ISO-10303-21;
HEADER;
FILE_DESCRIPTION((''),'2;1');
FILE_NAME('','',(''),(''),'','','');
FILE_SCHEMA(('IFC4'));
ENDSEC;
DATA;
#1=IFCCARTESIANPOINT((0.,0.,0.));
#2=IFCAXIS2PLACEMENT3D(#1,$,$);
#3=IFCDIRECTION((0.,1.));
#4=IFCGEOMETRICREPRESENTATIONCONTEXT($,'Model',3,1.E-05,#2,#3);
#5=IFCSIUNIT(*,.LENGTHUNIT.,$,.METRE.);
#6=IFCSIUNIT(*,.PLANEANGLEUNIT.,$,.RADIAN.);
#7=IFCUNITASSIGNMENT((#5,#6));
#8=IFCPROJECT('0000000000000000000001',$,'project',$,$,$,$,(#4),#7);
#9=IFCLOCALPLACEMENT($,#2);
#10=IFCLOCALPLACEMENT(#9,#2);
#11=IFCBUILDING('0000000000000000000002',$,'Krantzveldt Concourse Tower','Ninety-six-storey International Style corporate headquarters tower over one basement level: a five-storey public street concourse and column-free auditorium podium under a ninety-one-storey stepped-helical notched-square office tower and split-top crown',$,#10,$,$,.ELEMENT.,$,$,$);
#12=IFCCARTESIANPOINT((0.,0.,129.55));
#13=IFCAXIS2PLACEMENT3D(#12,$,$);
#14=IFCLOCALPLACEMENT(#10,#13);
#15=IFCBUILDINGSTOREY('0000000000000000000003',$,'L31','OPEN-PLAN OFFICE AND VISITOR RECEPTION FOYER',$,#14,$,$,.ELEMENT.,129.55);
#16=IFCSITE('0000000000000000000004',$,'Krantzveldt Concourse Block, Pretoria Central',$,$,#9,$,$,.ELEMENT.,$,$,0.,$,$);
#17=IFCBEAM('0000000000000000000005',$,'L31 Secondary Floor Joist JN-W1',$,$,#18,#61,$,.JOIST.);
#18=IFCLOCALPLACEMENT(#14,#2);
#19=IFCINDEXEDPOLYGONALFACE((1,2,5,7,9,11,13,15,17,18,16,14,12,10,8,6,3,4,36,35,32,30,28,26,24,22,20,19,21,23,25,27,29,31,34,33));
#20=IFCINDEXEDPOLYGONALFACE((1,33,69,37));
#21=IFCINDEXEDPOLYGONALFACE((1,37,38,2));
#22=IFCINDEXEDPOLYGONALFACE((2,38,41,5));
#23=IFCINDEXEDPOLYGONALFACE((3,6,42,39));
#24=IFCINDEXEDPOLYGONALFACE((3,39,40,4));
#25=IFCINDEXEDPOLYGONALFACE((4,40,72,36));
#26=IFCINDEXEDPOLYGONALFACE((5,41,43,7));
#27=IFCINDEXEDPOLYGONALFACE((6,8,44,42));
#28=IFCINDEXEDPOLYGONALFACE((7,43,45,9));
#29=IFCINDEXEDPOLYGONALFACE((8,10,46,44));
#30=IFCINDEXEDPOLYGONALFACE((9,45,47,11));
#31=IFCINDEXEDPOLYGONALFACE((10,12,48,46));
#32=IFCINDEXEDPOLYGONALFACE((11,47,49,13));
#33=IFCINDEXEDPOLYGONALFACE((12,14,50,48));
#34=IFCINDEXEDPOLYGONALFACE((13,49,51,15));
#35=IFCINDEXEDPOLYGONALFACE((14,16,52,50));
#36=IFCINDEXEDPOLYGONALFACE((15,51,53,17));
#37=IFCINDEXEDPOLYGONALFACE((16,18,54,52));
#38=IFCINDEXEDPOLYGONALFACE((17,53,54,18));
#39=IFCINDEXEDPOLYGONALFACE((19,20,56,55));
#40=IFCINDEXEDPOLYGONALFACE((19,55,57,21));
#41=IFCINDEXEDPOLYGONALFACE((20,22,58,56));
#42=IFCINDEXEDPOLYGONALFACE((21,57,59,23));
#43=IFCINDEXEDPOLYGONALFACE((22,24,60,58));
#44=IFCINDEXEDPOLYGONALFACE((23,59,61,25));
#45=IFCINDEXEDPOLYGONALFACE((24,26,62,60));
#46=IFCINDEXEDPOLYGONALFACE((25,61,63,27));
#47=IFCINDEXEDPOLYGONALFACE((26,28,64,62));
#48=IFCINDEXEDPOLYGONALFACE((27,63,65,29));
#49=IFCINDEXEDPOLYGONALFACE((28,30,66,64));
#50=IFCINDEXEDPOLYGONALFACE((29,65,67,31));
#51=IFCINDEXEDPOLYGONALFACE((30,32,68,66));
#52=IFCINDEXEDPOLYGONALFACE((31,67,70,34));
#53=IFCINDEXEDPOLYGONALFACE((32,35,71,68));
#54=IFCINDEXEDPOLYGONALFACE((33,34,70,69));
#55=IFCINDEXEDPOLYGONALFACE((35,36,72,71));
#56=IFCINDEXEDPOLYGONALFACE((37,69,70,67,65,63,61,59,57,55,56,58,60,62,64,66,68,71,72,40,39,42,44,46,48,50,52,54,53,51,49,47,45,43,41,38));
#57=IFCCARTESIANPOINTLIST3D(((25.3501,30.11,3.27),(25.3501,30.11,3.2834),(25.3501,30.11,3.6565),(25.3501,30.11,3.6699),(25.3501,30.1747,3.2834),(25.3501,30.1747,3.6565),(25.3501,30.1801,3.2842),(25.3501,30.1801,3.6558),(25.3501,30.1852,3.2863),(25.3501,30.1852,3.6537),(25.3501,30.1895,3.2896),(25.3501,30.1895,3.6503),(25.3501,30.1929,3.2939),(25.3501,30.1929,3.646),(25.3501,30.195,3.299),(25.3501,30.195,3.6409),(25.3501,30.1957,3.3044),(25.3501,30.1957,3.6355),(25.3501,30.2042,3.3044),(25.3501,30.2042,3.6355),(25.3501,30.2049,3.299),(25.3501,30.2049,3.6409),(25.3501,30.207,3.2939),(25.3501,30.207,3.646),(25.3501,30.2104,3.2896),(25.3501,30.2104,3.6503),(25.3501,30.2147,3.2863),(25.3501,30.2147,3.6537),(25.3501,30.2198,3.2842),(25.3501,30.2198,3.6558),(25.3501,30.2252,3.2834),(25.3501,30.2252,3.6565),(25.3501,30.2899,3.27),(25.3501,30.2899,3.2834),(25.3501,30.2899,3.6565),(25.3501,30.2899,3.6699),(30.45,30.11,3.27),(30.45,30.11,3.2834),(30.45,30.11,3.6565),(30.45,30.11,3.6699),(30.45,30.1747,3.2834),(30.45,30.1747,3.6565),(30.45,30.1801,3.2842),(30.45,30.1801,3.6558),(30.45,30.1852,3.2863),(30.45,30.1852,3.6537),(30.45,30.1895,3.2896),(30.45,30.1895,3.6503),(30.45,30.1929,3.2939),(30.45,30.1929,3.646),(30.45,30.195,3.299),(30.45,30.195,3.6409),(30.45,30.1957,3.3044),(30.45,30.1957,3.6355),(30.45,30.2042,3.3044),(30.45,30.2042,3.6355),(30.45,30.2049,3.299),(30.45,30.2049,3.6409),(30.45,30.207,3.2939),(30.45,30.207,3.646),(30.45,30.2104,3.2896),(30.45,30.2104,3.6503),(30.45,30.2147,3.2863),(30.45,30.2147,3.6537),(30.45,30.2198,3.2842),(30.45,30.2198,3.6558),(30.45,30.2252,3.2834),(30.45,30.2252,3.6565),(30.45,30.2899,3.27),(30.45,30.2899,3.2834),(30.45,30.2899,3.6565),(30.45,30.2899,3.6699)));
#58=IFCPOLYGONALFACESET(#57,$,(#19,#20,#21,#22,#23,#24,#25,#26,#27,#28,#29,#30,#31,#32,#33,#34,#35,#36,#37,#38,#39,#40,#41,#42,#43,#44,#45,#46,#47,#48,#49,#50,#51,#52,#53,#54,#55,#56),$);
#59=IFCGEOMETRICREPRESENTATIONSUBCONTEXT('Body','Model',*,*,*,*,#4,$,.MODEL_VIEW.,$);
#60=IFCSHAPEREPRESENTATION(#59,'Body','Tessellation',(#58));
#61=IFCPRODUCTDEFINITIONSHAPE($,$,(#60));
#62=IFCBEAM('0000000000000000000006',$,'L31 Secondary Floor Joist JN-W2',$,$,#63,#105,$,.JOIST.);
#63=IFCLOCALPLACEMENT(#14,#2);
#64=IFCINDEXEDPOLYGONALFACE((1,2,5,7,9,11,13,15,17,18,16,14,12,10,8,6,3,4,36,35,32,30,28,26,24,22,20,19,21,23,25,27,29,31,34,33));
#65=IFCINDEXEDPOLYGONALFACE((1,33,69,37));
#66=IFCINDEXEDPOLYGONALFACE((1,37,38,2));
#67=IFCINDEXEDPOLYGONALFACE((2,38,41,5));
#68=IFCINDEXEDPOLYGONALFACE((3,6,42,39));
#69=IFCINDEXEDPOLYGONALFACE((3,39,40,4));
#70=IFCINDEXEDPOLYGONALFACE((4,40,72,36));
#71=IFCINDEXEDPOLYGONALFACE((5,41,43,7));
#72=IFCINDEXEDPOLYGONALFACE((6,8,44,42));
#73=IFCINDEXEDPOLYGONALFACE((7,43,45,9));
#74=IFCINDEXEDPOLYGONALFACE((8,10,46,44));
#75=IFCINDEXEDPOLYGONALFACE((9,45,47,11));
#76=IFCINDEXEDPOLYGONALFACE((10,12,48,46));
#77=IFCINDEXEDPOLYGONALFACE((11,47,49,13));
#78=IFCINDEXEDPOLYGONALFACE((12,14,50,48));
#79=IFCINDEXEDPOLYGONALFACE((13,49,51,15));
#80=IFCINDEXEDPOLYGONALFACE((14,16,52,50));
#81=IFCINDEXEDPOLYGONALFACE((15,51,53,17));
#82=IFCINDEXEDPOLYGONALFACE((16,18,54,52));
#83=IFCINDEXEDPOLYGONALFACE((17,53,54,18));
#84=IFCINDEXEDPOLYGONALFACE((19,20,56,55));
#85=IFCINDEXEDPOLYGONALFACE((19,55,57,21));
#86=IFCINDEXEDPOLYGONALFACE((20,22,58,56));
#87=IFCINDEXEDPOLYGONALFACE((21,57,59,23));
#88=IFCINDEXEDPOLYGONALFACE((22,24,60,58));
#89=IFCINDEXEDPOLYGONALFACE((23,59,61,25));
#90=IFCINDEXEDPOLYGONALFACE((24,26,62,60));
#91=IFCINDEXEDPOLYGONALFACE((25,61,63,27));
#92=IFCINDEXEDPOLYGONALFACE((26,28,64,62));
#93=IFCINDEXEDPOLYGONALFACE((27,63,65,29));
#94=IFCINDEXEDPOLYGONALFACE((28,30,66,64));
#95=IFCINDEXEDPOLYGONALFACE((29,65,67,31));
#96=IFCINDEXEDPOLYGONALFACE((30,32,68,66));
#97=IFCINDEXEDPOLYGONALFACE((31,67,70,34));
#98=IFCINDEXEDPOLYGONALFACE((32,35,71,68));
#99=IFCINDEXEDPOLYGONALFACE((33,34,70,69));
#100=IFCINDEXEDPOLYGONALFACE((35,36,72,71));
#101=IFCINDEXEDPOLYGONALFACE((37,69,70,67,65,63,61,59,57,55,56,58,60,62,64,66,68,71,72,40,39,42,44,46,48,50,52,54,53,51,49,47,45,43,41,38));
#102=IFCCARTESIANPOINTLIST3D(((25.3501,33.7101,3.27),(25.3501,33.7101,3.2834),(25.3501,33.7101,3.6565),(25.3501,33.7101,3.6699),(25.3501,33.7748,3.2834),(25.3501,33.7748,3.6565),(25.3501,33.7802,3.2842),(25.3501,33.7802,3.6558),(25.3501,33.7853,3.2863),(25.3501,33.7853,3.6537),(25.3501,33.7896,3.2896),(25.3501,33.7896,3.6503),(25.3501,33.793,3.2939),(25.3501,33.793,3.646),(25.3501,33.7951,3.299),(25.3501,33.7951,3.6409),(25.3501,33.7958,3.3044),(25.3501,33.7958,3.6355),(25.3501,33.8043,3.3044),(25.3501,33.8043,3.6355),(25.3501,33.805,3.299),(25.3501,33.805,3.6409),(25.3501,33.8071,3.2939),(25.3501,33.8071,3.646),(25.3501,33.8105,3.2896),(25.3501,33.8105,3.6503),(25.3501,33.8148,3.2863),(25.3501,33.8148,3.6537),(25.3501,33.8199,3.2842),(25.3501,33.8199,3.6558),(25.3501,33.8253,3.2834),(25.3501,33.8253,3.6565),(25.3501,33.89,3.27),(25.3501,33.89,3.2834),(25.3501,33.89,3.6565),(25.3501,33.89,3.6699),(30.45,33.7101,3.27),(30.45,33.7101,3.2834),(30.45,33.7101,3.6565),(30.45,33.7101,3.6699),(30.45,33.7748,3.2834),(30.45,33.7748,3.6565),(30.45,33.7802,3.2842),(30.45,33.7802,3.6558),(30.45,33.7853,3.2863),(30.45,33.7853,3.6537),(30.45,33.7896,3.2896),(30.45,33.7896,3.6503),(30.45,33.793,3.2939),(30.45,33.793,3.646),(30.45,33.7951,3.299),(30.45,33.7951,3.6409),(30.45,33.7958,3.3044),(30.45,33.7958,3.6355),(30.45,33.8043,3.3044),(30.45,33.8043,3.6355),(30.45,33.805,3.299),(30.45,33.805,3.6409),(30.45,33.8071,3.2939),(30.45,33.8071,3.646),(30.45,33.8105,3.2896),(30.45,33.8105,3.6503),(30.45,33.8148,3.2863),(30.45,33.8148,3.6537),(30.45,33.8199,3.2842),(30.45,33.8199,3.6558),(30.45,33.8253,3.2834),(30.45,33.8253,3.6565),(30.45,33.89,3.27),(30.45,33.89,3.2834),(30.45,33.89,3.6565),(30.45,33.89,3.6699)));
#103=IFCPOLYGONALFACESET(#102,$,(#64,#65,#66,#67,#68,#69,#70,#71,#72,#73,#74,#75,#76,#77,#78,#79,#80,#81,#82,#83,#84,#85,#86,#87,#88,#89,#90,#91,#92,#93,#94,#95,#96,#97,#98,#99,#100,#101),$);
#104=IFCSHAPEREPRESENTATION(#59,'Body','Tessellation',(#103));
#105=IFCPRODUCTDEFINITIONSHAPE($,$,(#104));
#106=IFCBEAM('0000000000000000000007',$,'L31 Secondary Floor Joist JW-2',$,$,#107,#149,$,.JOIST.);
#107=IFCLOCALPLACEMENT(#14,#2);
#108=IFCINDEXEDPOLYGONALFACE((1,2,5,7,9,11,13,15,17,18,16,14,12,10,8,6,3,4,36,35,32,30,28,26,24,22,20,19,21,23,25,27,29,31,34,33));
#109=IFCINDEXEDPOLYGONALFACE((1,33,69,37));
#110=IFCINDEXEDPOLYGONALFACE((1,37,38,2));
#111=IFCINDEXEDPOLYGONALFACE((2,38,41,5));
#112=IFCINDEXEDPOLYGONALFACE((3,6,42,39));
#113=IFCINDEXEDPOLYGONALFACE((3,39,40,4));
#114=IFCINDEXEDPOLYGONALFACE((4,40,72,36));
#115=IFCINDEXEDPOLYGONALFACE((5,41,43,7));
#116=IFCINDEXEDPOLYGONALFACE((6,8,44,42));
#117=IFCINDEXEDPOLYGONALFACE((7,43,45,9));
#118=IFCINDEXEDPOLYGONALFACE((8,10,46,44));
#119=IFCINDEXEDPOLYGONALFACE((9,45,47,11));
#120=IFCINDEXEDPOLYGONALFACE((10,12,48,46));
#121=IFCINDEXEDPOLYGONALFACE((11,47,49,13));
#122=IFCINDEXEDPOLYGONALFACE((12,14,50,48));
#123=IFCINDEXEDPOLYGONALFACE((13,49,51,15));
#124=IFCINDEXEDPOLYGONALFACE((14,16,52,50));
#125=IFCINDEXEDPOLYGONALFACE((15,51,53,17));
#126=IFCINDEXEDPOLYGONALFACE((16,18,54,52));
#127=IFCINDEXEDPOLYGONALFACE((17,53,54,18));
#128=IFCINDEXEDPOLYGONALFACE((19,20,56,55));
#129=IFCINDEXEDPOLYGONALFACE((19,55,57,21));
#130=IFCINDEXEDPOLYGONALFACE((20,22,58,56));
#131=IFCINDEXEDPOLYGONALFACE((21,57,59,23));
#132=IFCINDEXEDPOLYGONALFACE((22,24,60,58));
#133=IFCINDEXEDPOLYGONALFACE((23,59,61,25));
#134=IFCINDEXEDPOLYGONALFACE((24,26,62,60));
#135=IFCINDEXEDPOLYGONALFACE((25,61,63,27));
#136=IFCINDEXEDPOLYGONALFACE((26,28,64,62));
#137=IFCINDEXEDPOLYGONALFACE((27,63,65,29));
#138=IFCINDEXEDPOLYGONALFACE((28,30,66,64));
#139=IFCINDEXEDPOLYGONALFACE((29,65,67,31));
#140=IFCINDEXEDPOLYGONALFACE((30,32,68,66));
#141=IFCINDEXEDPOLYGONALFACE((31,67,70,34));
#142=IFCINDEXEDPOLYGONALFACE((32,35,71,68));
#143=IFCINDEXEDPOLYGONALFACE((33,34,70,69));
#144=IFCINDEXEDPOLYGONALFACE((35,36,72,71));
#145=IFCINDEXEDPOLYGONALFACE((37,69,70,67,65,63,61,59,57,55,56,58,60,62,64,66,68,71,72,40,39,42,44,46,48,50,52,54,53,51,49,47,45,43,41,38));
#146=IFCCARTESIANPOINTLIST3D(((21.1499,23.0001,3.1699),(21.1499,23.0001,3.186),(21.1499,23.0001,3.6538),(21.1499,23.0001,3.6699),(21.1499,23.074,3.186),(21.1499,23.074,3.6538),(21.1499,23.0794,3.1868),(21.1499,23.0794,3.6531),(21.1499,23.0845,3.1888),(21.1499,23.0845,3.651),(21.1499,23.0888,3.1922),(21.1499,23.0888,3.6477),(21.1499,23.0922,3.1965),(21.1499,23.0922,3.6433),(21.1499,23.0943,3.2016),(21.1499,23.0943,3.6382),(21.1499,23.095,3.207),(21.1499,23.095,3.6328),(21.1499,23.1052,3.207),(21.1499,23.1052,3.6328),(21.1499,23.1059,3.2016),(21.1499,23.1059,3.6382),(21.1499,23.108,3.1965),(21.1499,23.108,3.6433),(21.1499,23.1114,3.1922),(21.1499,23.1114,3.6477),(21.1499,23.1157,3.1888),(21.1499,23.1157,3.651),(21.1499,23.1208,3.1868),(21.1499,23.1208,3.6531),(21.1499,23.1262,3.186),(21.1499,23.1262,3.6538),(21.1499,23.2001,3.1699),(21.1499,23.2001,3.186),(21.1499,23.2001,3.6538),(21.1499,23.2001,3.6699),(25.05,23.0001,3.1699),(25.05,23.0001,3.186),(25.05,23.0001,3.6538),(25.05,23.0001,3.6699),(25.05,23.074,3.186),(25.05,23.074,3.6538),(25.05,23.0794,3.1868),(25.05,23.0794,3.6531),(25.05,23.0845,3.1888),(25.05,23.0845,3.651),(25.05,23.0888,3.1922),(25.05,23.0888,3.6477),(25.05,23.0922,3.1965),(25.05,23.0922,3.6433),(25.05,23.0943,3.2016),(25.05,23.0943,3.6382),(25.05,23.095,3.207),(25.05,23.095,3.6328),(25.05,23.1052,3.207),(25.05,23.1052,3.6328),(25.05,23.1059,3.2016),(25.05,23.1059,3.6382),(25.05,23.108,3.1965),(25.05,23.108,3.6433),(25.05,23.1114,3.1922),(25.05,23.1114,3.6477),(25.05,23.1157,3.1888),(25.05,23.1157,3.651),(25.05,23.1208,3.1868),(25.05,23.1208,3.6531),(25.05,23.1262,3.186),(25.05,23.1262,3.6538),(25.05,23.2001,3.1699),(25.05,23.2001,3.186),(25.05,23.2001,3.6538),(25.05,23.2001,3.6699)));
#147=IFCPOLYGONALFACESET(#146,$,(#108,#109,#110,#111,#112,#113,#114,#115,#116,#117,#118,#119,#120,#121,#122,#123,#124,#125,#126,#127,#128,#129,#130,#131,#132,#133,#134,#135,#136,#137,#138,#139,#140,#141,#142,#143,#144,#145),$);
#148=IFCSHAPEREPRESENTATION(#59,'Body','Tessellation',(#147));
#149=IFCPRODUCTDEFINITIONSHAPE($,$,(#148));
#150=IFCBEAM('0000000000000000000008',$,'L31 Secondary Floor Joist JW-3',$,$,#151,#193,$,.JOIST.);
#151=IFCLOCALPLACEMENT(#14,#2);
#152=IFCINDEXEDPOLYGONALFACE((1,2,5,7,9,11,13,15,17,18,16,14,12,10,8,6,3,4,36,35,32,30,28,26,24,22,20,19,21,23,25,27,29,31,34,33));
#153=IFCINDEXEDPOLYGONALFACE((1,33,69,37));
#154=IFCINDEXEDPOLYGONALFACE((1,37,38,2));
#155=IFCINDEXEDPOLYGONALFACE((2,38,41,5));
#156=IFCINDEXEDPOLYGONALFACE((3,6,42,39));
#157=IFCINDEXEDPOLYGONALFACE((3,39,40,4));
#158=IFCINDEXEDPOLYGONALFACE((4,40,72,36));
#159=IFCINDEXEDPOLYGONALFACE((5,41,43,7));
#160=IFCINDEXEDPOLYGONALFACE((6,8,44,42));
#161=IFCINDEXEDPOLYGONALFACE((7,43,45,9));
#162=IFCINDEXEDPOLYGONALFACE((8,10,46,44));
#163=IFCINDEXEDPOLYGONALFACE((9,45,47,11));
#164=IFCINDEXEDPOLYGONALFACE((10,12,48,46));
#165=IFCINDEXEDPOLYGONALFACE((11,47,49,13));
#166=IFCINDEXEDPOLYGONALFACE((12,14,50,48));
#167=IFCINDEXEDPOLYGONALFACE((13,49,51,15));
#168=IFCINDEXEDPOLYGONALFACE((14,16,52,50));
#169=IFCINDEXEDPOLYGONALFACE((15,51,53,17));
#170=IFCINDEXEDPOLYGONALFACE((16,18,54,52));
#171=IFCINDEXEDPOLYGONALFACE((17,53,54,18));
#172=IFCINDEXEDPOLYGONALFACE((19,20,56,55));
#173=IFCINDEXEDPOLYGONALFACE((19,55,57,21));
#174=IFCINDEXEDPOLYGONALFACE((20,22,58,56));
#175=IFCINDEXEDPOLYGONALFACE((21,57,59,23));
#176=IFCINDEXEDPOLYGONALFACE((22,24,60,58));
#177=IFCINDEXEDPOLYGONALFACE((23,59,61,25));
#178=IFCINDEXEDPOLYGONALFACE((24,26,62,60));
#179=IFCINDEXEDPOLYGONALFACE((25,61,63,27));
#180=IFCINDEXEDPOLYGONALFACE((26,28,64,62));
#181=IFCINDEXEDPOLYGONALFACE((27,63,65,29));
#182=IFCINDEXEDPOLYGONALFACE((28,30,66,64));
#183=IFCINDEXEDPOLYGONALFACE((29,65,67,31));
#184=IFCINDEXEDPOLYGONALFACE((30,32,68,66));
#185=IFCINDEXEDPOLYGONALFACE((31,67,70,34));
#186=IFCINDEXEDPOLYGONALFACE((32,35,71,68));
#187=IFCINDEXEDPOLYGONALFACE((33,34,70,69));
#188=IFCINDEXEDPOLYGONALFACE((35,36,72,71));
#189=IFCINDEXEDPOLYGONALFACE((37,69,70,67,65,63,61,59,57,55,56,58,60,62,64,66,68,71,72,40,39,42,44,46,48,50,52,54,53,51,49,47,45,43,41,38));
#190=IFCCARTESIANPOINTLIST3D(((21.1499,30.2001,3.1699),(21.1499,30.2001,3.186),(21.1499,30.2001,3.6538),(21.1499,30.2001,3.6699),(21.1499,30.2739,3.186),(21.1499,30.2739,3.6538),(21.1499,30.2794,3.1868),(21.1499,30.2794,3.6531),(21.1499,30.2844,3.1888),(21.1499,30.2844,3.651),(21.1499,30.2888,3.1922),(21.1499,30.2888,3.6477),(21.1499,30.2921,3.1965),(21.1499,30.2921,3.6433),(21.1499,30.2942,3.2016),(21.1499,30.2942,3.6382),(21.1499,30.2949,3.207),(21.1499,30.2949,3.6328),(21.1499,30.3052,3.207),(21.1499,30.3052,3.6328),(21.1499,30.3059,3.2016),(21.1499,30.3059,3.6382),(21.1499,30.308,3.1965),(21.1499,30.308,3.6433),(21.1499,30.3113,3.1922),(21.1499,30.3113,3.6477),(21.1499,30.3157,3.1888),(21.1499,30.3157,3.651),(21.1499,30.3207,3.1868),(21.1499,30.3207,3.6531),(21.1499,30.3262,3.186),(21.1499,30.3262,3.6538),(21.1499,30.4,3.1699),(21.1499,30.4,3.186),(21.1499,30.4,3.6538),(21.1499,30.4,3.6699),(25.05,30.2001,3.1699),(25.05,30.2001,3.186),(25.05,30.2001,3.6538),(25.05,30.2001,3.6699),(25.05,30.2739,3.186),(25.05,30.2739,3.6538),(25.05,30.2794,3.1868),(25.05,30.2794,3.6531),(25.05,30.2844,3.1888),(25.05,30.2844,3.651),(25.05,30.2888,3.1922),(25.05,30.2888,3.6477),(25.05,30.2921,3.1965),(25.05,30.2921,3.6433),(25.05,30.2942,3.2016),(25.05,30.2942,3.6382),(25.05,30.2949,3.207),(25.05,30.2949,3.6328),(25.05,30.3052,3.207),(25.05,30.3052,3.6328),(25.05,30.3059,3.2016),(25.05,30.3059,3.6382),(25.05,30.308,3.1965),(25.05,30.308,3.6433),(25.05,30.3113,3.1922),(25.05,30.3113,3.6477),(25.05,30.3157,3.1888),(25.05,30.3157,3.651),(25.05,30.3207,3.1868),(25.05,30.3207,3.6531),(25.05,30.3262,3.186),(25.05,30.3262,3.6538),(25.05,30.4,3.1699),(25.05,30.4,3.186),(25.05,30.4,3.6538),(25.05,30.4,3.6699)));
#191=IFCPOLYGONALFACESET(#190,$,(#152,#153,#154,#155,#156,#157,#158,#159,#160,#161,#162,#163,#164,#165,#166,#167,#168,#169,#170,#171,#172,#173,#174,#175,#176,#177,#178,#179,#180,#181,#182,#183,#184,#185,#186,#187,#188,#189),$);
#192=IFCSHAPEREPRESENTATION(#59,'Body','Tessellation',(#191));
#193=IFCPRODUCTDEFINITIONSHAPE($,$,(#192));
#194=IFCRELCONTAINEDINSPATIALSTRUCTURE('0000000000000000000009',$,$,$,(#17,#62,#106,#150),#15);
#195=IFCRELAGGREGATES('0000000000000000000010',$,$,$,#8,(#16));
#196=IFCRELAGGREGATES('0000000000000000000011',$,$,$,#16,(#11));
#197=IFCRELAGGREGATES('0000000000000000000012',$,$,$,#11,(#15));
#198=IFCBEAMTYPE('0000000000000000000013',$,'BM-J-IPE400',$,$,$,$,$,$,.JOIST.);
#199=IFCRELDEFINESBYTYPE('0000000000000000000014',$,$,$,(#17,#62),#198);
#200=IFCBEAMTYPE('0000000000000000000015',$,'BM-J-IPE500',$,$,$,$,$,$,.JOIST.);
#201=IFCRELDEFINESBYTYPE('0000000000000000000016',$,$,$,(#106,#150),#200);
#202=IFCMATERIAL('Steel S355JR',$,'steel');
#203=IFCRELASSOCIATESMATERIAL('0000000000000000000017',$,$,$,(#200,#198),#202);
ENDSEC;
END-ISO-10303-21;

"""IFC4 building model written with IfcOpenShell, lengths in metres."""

from ifc_helpers import new_model, si_unit, direction, frame, origin, origin_2d, place, context, subcontext, project, spatial, i_section, extrude, source, transform, mapped, material, material_profile, profile_set, type_object, type_shapes, element, save


model = new_model("IFC4")

# Units and contexts
model_context = context("Model", 3, precision=1e-05, world=origin(), true_north=direction((0.0, 1.0)))
body_context = subcontext(model_context, "Body", "Model", "MODEL_VIEW")
ifc_project = project(units=[si_unit("LENGTHUNIT", "METRE"), si_unit("PLANEANGLEUNIT", "RADIAN")], contexts=[model_context])

# Site, building, storey
site_placement = place(None, origin())
site = spatial("IfcSite", under=ifc_project, at=site_placement, Name="Krantzveldt Concourse Block, Pretoria Central", CompositionType="ELEMENT", RefElevation=0.0)
building_placement = place(site_placement, origin())
building = spatial("IfcBuilding", under=site, at=building_placement, Name="Krantzveldt Concourse Tower", Description="Ninety-six-storey International Style corporate headquarters tower over one basement level: a five-storey public street concourse and column-free auditorium podium under a ninety-one-storey stepped-helical notched-square office tower and split-top crown", CompositionType="ELEMENT")
storey_placement = place(building_placement, frame((0.0, 0.0, 129.55)))
storey = spatial("IfcBuildingStorey", under=building, at=storey_placement, Name="L31", Description="OPEN-PLAN OFFICE AND VISITOR RECEPTION FOYER", CompositionType="ELEMENT", Elevation=129.55)

# Beams
ifc_material_1 = material(Name="Steel S355JR", Category="steel")
ifc_material_profile_1 = material_profile(ifc_material_1, i_section(OverallWidth=0.2, OverallDepth=0.5, WebThickness=0.0103, FlangeThickness=0.0161, FilletRadius=0.021, at=origin_2d()), Name="Steel S355JR", Category="steel")
ifc_profile_set_1 = profile_set([ifc_material_profile_1], Name="Steel S355JR - IPE 500")
beam_type_1 = type_object("IfcBeamType", Name="BM-J-IPE500", PredefinedType="JOIST", material=ifc_profile_set_1)
ifc_material_profile_2 = material_profile(ifc_material_1, i_section(OverallWidth=0.1799, OverallDepth=0.3999, WebThickness=0.0085, FlangeThickness=0.0134, FilletRadius=0.021, at=origin_2d()), Name="Steel S355JR", Category="steel")
ifc_profile_set_2 = profile_set([ifc_material_profile_2], Name="Steel S355JR - IPE 400")
beam_type_2 = type_object("IfcBeamType", Name="BM-J-IPE400", PredefinedType="JOIST", material=ifc_profile_set_2)
shared_shape_1 = source(origin(), body_context, "Body", "SweptSolid", [
    extrude(i_section(OverallWidth=0.1799, OverallDepth=0.3999, WebThickness=0.0085, FlangeThickness=0.0134, FilletRadius=0.021, at=origin_2d()), origin(), (0.0, 0.0, 1.0), 5.0999),
])
type_shapes(beam_type_2, [shared_shape_1])
for number, where, z_axis, x_axis, name in (
    (1, (25.3501, 30.2, 3.47), (1.0, 0.0, 0.0), (0.0, 1.0, 0.0), "L31 Secondary Floor Joist JN-W1"),
    (2, (25.3501, 33.8, 3.47), (1.0, 0.0, 0.0), (0.0, 1.0, 0.0), "L31 Secondary Floor Joist JN-W2"),
):
    element("IfcBeam", number, at=place(storey_placement, frame(where, z_axis=z_axis, x_axis=x_axis)), inside=storey, type_object=beam_type_2, Name=name, PredefinedType="JOIST", context=body_context, shape_type="MappedRepresentation", body=[
        mapped(shared_shape_1, transform((0.0, 0.0, 0.0), x_axis=(1.0, 0.0, 0.0), y_axis=(0.0, 1.0, 0.0), z_axis=(0.0, 0.0, 1.0), scale=1.0)),
    ])
shared_shape_2 = source(origin(), body_context, "Body", "SweptSolid", [
    extrude(i_section(OverallWidth=0.2, OverallDepth=0.5, WebThickness=0.0103, FlangeThickness=0.0161, FilletRadius=0.021, at=origin_2d()), origin(), (0.0, 0.0, 1.0), 3.9001),
])
for number, where, z_axis, x_axis, name in (
    (3, (21.1499, 23.1001, 3.4199), (1.0, 0.0, 0.0), (0.0, 1.0, 0.0), "L31 Secondary Floor Joist JW-2"),
    (4, (21.1499, 30.3, 3.4199), (1.0, 0.0, 0.0), (0.0, 1.0, 0.0), "L31 Secondary Floor Joist JW-3"),
):
    element("IfcBeam", number, at=place(storey_placement, frame(where, z_axis=z_axis, x_axis=x_axis)), inside=storey, type_object=beam_type_1, Name=name, PredefinedType="JOIST", context=body_context, shape_type="MappedRepresentation", body=[
        mapped(shared_shape_2, transform((0.0, 0.0, 0.0), x_axis=(1.0, 0.0, 0.0), y_axis=(0.0, 1.0, 0.0), z_axis=(0.0, 0.0, 1.0), scale=1.0)),
    ])

save(model, "model.ifc")
